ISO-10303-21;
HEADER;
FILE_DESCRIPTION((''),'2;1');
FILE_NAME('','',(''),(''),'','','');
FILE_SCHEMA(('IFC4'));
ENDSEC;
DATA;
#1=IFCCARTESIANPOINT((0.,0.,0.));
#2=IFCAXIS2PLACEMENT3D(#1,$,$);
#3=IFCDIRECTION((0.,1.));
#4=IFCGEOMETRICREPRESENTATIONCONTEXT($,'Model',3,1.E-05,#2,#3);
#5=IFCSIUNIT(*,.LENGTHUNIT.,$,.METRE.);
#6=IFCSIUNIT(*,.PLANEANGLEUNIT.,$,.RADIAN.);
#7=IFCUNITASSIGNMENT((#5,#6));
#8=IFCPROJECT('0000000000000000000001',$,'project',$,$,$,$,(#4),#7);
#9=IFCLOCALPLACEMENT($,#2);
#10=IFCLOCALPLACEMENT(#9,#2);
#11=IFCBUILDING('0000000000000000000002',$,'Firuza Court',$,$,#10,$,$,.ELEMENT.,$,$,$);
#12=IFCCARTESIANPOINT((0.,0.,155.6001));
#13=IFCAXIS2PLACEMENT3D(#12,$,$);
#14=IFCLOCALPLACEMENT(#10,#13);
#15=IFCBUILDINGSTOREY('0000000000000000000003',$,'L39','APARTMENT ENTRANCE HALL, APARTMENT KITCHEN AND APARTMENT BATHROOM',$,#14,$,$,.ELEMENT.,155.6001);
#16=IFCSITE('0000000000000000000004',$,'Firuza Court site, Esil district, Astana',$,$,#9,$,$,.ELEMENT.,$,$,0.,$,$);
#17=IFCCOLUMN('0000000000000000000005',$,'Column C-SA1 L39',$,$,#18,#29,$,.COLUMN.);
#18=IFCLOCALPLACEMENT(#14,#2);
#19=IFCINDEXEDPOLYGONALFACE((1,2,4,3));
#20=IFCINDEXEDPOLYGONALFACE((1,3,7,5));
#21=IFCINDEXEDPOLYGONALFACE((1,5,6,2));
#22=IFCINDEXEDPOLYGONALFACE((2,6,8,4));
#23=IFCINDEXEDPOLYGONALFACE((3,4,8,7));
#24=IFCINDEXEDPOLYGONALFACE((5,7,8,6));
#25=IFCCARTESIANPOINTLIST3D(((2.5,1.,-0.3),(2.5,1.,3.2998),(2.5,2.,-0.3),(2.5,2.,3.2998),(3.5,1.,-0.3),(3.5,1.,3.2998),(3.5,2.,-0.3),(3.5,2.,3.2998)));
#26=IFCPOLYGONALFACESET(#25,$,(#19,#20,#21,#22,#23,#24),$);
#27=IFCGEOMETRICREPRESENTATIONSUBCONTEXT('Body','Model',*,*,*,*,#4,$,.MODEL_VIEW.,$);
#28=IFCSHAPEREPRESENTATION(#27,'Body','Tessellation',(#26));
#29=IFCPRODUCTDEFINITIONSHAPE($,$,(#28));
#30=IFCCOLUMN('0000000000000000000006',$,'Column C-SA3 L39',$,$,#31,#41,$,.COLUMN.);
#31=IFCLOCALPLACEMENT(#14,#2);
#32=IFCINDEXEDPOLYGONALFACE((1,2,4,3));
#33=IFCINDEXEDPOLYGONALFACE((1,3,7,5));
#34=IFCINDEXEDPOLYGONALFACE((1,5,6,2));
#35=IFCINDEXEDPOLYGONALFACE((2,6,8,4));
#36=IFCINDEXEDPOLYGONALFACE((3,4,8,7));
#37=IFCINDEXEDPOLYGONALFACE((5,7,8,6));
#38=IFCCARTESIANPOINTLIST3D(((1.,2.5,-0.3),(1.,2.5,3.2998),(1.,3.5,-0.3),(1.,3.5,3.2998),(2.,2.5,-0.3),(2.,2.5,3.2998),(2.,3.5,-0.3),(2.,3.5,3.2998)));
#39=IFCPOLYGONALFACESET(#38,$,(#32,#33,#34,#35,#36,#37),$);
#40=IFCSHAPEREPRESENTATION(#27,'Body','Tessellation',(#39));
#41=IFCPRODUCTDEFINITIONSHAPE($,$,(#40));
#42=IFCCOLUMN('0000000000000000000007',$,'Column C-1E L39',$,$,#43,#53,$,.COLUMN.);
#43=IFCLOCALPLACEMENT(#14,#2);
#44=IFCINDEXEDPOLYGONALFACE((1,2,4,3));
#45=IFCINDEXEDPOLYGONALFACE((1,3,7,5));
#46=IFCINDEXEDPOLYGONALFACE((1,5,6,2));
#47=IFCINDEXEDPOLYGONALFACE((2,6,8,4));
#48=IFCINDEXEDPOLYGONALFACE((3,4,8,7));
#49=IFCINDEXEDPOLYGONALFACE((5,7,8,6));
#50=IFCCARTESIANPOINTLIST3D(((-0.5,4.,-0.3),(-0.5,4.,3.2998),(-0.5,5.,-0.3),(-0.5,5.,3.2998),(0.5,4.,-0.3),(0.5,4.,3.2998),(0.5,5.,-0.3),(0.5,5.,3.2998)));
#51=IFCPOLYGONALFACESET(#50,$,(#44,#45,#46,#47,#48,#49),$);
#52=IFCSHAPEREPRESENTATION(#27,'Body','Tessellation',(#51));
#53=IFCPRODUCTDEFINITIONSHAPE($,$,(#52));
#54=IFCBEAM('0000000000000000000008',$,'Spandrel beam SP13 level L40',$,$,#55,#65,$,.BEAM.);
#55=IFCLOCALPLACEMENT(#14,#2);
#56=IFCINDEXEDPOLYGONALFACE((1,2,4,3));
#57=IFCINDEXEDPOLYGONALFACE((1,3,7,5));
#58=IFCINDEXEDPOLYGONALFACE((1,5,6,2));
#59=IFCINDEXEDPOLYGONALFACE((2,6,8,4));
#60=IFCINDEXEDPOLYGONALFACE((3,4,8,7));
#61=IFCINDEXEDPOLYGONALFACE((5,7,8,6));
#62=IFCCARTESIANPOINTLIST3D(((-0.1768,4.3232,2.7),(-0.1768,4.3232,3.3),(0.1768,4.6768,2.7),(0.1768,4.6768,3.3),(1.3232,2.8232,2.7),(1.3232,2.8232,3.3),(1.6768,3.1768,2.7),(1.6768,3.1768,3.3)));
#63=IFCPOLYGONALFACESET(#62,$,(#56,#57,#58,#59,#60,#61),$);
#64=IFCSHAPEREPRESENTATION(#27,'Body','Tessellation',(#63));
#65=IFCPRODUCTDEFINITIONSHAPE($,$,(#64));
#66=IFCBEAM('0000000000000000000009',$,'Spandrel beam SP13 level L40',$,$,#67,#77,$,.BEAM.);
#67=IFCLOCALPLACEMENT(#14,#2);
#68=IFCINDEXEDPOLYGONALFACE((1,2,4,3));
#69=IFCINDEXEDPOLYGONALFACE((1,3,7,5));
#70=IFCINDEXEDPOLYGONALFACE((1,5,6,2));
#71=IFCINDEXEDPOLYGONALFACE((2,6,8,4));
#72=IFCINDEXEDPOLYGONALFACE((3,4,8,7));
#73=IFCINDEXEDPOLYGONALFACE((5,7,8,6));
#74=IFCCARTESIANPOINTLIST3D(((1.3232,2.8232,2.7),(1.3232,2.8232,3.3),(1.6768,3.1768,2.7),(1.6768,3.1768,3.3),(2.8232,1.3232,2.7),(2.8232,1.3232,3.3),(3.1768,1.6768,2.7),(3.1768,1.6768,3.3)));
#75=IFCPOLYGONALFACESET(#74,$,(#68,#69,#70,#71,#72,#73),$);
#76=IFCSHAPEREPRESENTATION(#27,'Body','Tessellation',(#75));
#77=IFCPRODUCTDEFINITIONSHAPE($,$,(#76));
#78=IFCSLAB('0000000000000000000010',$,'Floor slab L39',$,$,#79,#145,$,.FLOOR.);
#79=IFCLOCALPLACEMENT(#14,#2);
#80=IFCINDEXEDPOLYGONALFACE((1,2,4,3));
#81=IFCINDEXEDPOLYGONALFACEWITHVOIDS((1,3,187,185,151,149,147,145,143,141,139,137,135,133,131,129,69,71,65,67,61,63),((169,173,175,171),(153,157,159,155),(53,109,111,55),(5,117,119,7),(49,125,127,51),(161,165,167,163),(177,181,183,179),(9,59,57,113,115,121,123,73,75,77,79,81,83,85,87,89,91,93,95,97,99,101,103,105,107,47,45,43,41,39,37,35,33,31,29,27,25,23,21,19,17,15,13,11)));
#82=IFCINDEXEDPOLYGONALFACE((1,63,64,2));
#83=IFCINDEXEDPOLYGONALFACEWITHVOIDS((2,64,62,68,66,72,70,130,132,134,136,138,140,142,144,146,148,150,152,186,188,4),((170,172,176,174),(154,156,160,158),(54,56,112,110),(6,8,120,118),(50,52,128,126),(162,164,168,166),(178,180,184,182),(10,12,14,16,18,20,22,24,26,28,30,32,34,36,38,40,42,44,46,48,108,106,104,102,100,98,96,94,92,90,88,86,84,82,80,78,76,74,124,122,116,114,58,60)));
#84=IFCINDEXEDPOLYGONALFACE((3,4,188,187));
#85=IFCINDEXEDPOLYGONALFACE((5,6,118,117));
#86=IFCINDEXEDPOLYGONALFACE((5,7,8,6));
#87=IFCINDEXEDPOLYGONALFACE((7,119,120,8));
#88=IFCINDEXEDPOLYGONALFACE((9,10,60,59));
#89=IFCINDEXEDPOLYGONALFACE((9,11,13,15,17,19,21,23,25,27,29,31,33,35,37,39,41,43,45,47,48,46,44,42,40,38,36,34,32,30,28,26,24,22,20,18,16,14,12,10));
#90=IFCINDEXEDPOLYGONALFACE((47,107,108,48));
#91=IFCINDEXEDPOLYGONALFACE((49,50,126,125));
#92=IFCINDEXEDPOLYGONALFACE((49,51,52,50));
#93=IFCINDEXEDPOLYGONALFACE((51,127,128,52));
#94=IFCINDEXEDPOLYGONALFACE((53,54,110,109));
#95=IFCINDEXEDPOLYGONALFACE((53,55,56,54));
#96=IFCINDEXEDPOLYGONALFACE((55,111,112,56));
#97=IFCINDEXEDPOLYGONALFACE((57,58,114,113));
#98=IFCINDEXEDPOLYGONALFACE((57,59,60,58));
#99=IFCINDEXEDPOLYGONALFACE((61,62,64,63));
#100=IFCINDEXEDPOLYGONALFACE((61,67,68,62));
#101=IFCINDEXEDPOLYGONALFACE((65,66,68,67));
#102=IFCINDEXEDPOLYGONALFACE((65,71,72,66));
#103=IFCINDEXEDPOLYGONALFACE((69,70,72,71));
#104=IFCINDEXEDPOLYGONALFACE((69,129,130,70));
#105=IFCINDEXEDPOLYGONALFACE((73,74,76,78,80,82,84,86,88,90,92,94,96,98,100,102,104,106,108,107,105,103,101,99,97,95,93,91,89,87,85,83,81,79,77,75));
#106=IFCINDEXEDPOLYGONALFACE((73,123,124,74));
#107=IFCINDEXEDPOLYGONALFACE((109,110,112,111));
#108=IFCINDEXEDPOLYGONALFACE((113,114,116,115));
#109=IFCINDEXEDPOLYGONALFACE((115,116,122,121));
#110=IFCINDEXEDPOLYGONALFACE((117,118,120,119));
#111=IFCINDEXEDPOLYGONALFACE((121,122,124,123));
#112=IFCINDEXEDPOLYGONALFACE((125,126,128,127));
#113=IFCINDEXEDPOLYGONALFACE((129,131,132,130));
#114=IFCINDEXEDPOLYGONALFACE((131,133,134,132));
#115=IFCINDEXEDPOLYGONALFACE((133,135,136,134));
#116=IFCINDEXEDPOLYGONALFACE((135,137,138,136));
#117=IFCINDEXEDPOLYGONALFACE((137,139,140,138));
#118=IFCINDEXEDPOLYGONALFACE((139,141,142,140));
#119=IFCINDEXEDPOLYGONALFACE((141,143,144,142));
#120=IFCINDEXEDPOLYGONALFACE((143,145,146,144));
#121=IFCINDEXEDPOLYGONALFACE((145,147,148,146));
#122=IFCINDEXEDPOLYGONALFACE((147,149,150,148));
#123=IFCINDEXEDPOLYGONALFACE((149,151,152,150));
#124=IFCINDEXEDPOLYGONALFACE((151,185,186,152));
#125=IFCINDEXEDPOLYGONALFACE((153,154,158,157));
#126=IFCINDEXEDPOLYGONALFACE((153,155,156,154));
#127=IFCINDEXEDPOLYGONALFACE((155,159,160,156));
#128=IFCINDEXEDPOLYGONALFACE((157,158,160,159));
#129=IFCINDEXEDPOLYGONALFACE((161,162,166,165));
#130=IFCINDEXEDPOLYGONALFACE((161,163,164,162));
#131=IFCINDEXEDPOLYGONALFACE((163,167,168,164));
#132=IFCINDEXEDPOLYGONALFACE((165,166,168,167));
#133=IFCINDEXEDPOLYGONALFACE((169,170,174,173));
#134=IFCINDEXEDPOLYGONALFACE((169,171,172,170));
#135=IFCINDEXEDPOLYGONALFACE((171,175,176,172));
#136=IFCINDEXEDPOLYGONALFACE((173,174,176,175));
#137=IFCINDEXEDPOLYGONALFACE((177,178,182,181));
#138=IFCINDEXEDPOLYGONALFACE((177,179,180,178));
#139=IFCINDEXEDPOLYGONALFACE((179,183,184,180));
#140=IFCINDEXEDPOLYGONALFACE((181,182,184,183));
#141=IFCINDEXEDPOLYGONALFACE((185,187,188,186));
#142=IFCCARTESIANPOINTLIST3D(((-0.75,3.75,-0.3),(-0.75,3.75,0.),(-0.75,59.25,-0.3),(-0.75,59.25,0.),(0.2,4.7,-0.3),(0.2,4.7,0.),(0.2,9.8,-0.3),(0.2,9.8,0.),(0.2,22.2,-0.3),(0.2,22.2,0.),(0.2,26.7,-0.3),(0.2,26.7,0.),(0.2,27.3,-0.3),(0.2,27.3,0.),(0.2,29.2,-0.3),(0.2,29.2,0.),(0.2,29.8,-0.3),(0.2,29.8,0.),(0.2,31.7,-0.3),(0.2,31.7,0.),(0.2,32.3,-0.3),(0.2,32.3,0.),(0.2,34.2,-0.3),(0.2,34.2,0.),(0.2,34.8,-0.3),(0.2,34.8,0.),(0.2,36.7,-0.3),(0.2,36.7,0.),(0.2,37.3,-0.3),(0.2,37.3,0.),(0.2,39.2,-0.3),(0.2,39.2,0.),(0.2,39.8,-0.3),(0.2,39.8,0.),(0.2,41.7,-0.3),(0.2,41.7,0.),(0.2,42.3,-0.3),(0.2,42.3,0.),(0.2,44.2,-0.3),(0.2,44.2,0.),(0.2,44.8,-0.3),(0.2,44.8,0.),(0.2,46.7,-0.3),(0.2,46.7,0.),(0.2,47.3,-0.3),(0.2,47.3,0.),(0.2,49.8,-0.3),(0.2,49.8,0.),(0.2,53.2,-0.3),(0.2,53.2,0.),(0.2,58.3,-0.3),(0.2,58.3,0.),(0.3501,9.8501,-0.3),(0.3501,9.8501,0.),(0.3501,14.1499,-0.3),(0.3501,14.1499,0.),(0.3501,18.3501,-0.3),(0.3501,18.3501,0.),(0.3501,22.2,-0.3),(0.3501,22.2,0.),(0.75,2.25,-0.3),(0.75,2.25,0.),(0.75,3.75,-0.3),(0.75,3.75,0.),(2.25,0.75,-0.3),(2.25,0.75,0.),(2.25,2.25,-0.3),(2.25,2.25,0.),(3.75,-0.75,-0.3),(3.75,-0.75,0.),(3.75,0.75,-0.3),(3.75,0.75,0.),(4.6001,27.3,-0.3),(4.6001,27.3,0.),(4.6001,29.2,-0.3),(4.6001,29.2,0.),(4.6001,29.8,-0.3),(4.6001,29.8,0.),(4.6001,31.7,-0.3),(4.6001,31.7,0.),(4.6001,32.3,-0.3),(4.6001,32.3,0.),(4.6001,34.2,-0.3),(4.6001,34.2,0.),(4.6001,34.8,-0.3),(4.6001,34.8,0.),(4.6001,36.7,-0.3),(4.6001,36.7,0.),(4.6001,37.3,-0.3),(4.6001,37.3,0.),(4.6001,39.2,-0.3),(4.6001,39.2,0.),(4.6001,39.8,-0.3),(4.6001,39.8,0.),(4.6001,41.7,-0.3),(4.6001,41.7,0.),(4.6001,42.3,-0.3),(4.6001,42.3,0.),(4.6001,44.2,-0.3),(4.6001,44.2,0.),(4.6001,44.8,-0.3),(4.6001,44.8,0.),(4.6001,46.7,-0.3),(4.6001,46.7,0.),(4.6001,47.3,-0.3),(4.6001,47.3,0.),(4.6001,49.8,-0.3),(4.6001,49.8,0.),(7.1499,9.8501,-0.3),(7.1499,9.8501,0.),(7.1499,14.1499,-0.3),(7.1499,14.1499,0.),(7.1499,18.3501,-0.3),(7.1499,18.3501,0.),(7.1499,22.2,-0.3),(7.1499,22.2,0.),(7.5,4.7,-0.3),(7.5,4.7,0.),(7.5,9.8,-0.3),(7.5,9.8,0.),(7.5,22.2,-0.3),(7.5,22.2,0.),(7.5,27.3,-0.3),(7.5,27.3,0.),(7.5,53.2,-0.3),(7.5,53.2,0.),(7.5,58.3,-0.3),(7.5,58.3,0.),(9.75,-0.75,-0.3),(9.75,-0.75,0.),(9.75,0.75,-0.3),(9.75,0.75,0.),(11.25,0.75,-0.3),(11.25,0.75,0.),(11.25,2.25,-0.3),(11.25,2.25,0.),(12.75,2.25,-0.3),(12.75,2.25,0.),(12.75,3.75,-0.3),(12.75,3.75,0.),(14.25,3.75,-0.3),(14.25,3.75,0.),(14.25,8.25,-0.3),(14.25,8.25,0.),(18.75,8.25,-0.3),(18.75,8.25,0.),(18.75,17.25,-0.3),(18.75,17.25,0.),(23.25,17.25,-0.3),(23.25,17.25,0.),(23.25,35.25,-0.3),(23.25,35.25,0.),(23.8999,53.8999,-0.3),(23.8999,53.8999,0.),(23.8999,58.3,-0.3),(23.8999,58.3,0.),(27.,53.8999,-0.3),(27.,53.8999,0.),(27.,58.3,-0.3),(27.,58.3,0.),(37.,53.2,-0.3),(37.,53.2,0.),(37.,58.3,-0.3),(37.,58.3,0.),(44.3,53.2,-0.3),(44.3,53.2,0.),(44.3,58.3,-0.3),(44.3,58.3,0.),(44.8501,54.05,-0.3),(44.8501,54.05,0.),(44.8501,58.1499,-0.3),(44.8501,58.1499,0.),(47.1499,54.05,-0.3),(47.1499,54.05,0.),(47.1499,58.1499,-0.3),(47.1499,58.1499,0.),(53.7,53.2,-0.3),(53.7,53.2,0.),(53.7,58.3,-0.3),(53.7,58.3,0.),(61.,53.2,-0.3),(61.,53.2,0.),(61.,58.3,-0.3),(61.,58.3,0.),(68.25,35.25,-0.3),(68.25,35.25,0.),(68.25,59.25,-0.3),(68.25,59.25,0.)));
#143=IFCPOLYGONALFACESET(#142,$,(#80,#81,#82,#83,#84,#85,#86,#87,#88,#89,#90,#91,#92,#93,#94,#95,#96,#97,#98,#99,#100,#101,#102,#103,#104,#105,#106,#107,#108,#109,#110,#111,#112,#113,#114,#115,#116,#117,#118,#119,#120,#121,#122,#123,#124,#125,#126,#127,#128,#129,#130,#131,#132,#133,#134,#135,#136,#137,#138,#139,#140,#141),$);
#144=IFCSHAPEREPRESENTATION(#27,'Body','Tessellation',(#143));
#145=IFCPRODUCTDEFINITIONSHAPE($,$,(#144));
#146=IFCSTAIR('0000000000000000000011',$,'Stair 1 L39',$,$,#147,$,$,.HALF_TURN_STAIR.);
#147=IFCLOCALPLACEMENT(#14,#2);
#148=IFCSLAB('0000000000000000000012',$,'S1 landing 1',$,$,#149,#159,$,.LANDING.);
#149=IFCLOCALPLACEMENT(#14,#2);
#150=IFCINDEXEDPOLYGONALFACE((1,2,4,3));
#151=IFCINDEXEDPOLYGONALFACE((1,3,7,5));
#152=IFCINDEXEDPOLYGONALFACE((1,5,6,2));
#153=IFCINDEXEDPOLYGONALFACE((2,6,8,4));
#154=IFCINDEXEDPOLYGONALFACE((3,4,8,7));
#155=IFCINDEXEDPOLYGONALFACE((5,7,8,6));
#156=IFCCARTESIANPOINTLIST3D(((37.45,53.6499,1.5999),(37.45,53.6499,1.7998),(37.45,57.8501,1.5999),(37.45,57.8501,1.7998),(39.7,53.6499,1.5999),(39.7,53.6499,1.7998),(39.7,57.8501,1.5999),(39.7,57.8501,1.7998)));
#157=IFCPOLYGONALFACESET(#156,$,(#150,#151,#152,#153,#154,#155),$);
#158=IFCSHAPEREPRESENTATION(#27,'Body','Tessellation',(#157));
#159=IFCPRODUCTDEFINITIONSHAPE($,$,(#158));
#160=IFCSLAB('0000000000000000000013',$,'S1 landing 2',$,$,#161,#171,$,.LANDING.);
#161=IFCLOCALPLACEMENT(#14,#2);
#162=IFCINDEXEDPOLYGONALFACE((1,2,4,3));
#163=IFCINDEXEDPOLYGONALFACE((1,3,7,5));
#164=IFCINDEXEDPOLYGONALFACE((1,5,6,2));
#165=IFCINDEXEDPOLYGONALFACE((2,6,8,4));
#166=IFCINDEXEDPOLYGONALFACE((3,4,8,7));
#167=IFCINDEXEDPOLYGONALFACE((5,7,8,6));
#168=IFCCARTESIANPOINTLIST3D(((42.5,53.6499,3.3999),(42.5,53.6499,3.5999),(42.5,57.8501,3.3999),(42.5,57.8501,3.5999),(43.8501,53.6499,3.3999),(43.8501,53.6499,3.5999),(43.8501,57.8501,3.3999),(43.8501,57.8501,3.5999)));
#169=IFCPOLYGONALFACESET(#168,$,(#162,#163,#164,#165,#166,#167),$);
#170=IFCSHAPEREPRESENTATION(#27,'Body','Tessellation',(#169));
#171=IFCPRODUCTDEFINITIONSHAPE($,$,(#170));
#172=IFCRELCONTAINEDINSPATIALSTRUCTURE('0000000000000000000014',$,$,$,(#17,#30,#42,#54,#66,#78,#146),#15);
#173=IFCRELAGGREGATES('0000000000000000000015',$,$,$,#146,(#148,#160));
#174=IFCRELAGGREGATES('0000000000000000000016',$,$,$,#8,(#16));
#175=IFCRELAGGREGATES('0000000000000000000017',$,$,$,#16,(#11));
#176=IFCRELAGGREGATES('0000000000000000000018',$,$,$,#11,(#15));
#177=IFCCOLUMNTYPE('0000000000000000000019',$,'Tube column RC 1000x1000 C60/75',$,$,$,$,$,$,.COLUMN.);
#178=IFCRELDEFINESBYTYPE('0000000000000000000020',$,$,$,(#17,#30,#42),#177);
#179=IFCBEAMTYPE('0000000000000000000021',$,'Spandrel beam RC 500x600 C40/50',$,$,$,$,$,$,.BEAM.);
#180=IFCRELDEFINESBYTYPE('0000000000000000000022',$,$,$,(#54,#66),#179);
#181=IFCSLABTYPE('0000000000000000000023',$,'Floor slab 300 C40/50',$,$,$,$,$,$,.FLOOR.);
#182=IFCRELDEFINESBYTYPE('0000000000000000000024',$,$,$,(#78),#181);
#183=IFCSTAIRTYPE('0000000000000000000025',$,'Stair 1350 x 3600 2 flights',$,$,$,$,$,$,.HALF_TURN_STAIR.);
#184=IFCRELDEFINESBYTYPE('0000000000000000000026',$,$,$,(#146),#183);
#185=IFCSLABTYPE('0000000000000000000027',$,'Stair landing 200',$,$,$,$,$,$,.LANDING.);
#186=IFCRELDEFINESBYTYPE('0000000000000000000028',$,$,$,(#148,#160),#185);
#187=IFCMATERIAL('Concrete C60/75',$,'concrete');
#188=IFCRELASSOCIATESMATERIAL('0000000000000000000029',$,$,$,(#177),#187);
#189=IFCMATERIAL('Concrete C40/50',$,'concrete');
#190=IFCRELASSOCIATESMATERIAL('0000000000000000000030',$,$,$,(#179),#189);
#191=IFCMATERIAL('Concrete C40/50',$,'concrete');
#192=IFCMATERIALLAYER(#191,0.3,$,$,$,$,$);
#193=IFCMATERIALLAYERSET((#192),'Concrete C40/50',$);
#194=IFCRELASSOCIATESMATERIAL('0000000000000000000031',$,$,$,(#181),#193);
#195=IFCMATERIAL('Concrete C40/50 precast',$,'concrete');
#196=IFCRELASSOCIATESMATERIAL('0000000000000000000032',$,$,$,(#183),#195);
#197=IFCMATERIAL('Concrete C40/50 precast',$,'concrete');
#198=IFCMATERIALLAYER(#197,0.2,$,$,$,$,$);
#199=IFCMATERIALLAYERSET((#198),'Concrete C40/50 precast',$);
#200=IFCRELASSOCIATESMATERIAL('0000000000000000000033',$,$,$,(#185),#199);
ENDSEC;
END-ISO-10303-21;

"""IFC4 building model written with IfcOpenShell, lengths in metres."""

from ifc_helpers import new_model, si_unit, direction, frame, origin, origin_2d, place, context, subcontext, project, spatial, polyline, rectangle, outline, extrude, material, layer, layer_set, material_profile, profile_set, type_object, element, aggregate, save


model = new_model("IFC4")

# Units and contexts
model_context = context("Model", 3, precision=1e-05, world=origin(), true_north=direction((0.0, 1.0)))
body_context = subcontext(model_context, "Body", "Model", "MODEL_VIEW")
ifc_project = project(units=[si_unit("LENGTHUNIT", "METRE"), si_unit("PLANEANGLEUNIT", "RADIAN")], contexts=[model_context])

# Site, building, storey
site_placement = place(None, origin())
site = spatial("IfcSite", under=ifc_project, at=site_placement, Name="Firuza Court site, Esil district, Astana", CompositionType="ELEMENT", RefElevation=0.0)
building_placement = place(site_placement, origin())
building = spatial("IfcBuilding", under=site, at=building_placement, Name="Firuza Court", CompositionType="ELEMENT")
storey_placement = place(building_placement, frame((0.0, 0.0, 155.6001)))
storey = spatial("IfcBuildingStorey", under=building, at=storey_placement, Name="L39", Description="APARTMENT ENTRANCE HALL, APARTMENT KITCHEN AND APARTMENT BATHROOM", CompositionType="ELEMENT", Elevation=155.6001)

# Columns
ifc_material_1 = material(Name="Concrete C60/75", Category="concrete")
ifc_material_profile_1 = material_profile(ifc_material_1, rectangle(XDim=1.0, YDim=1.0, at=origin_2d()), Name="RC 1000x1000")
ifc_profile_set_1 = profile_set([ifc_material_profile_1], Name="Concrete C60/75")
column_type = type_object("IfcColumnType", Name="Tube column RC 1000x1000 C60/75", PredefinedType="COLUMN", material=ifc_profile_set_1)
for number, where, z_axis, x_axis, name in (
    (1, (3.0, 1.5, -0.3), (0.0, 0.0, 1.0), (1.0, 0.0, 0.0), "Column C-SA1 L39"),
    (2, (1.5, 3.0, -0.3), (0.0, 0.0, 1.0), (1.0, 0.0, 0.0), "Column C-SA3 L39"),
    (3, (0.0, 4.5, -0.3), (0.0, 0.0, 1.0), (1.0, 0.0, 0.0), "Column C-1E L39"),
):
    element("IfcColumn", number, at=place(storey_placement, frame(where, z_axis=z_axis, x_axis=x_axis)), inside=storey, type_object=column_type, Name=name, PredefinedType="COLUMN", context=body_context, shape_type="SweptSolid", body=[
        extrude(rectangle(XDim=1.0, YDim=1.0, at=origin_2d()), origin(), (0.0, 0.0, 1.0), 3.5999),
    ])

# Beams
ifc_material_2 = material(Name="Concrete C40/50", Category="concrete")
ifc_material_profile_2 = material_profile(ifc_material_2, rectangle(XDim=0.5, YDim=0.6001, at=origin_2d()), Name="RC 500x600")
ifc_profile_set_2 = profile_set([ifc_material_profile_2], Name="Concrete C40/50")
beam_type = type_object("IfcBeamType", Name="Spandrel beam RC 500x600 C40/50", PredefinedType="BEAM", material=ifc_profile_set_2)
for number, where, z_axis, x_axis, name in (
    (4, (0.0, 4.5, 3.0), (0.707107, -0.707107, 0.0), (0.707107, 0.707107, 0.0), "Spandrel beam SP13 level L40"),
    (5, (1.5, 3.0, 3.0), (0.707107, -0.707107, 0.0), (0.707107, 0.707107, 0.0), "Spandrel beam SP13 level L40"),
):
    element("IfcBeam", number, at=place(storey_placement, frame(where, z_axis=z_axis, x_axis=x_axis)), inside=storey, type_object=beam_type, Name=name, PredefinedType="BEAM", context=body_context, shape_type="SweptSolid", body=[
        extrude(rectangle(XDim=0.5, YDim=0.6001, at=origin_2d()), origin(), (0.0, 0.0, 1.0), 2.1213),
    ])

# Slab
ifc_material_3 = material(Name="Concrete C40/50", Category="concrete")
ifc_layer_1 = layer(ifc_material_3, 0.3)
ifc_layer_set_1 = layer_set([ifc_layer_1], Name="Concrete C40/50")
slab_type_1 = type_object("IfcSlabType", Name="Floor slab 300 C40/50", PredefinedType="FLOOR", material=ifc_layer_set_1)
slab_1_placement = place(storey_placement, frame((0.0, 0.0, -0.3)))
element("IfcSlab", 6, at=slab_1_placement, inside=storey, type_object=slab_type_1, Name="Floor slab L39", PredefinedType="FLOOR", context=body_context, shape_type="SweptSolid", body=[
    extrude(outline(polyline([(3.75, -0.75), (3.75, 0.75), (2.25, 0.75), (2.25, 2.25), (0.75, 2.25), (0.75, 3.75), (-0.75, 3.75), (-0.75, 59.25), (68.25, 59.25), (68.25, 35.25), (23.25, 35.25), (23.25, 17.25), (18.75, 17.25), (18.75, 8.25), (14.25, 8.25), (14.25, 3.75), (12.75, 3.75), (12.75, 2.25), (11.25, 2.25), (11.25, 0.75), (9.75, 0.75), (9.75, -0.75), (3.75, -0.75)]), holes=[polyline([(0.2, 29.8), (0.2, 29.2), (0.2, 27.3), (0.2, 26.7), (0.2, 22.2), (0.3501, 22.2), (0.3501, 18.3501), (7.1499, 18.3501), (7.1499, 22.2), (7.5, 22.2), (7.5, 27.3), (4.6001, 27.3), (4.6001, 29.2), (4.6001, 29.8), (4.6001, 31.7), (4.6001, 32.3), (4.6001, 34.2), (4.6001, 34.8), (4.6001, 36.7), (4.6001, 37.3), (4.6001, 39.2), (4.6001, 39.8), (4.6001, 41.7), (4.6001, 42.3), (4.6001, 44.2), (4.6001, 44.8), (4.6001, 46.7), (4.6001, 47.3), (4.6001, 49.8), (0.2, 49.8), (0.2, 47.3), (0.2, 46.7), (0.2, 44.8), (0.2, 44.2), (0.2, 42.3), (0.2, 41.7), (0.2, 39.8), (0.2, 39.2), (0.2, 37.3), (0.2, 36.7), (0.2, 34.8), (0.2, 34.2), (0.2, 32.3), (0.2, 31.7), (0.2, 29.8)]), polyline([(7.5, 9.8), (0.2, 9.8), (0.2, 4.7), (7.5, 4.7), (7.5, 9.8)]), polyline([(7.1499, 14.1499), (0.3501, 14.1499), (0.3501, 9.8501), (7.1499, 9.8501), (7.1499, 14.1499)]), polyline([(7.5, 58.3), (0.2, 58.3), (0.2, 53.2), (7.5, 53.2), (7.5, 58.3)]), polyline([(44.3, 58.3), (37.0, 58.3), (37.0, 53.2), (44.3, 53.2), (44.3, 58.3)]), polyline([(61.0, 58.3), (53.7, 58.3), (53.7, 53.2), (61.0, 53.2), (61.0, 58.3)]), polyline([(27.0, 53.8999), (27.0, 58.3), (23.8999, 58.3), (23.8999, 53.8999), (27.0, 53.8999)]), polyline([(47.1499, 54.05), (47.1499, 58.1499), (44.8501, 58.1499), (44.8501, 54.05), (47.1499, 54.05)])]), origin(), (0.0, 0.0, 1.0), 0.3),
])

# Stair, slabs
ifc_material_4 = material(Name="Concrete C40/50 precast", Category="concrete")
stair_type = type_object("IfcStairType", Name="Stair 1350 x 3600 2 flights", PredefinedType="HALF_TURN_STAIR", material=ifc_material_4)
stair_1_placement = place(storey_placement, origin())
stair_1 = element("IfcStair", 7, at=stair_1_placement, inside=storey, type_object=stair_type, Name="Stair 1 L39", PredefinedType="HALF_TURN_STAIR")
ifc_material_5 = material(Name="Concrete C40/50 precast", Category="concrete")
ifc_layer_2 = layer(ifc_material_5, 0.2)
ifc_layer_set_2 = layer_set([ifc_layer_2], Name="Concrete C40/50 precast")
slab_type_2 = type_object("IfcSlabType", Name="Stair landing 200", PredefinedType="LANDING", material=ifc_layer_set_2)
slab_2_placement = place(storey_placement, frame((0.0, 0.0, 1.5999)))
slab_2 = element("IfcSlab", 8, at=slab_2_placement, type_object=slab_type_2, Name="S1 landing 1", PredefinedType="LANDING", context=body_context, shape_type="SweptSolid", body=[
    extrude(outline(polyline([(39.7, 53.6499), (39.7, 57.8501), (37.45, 57.8501), (37.45, 53.6499), (39.7, 53.6499)])), origin(), (0.0, 0.0, 1.0), 0.2),
])
slab_3_placement = place(storey_placement, frame((0.0, 0.0, 3.3999)))
slab_3 = element("IfcSlab", 9, at=slab_3_placement, type_object=slab_type_2, Name="S1 landing 2", PredefinedType="LANDING", context=body_context, shape_type="SweptSolid", body=[
    extrude(outline(polyline([(43.8501, 53.6499), (43.8501, 57.8501), (42.5, 57.8501), (42.5, 53.6499), (43.8501, 53.6499)])), origin(), (0.0, 0.0, 1.0), 0.2),
])
aggregate(stair_1, [slab_2, slab_3])

save(model, "model.ifc")
